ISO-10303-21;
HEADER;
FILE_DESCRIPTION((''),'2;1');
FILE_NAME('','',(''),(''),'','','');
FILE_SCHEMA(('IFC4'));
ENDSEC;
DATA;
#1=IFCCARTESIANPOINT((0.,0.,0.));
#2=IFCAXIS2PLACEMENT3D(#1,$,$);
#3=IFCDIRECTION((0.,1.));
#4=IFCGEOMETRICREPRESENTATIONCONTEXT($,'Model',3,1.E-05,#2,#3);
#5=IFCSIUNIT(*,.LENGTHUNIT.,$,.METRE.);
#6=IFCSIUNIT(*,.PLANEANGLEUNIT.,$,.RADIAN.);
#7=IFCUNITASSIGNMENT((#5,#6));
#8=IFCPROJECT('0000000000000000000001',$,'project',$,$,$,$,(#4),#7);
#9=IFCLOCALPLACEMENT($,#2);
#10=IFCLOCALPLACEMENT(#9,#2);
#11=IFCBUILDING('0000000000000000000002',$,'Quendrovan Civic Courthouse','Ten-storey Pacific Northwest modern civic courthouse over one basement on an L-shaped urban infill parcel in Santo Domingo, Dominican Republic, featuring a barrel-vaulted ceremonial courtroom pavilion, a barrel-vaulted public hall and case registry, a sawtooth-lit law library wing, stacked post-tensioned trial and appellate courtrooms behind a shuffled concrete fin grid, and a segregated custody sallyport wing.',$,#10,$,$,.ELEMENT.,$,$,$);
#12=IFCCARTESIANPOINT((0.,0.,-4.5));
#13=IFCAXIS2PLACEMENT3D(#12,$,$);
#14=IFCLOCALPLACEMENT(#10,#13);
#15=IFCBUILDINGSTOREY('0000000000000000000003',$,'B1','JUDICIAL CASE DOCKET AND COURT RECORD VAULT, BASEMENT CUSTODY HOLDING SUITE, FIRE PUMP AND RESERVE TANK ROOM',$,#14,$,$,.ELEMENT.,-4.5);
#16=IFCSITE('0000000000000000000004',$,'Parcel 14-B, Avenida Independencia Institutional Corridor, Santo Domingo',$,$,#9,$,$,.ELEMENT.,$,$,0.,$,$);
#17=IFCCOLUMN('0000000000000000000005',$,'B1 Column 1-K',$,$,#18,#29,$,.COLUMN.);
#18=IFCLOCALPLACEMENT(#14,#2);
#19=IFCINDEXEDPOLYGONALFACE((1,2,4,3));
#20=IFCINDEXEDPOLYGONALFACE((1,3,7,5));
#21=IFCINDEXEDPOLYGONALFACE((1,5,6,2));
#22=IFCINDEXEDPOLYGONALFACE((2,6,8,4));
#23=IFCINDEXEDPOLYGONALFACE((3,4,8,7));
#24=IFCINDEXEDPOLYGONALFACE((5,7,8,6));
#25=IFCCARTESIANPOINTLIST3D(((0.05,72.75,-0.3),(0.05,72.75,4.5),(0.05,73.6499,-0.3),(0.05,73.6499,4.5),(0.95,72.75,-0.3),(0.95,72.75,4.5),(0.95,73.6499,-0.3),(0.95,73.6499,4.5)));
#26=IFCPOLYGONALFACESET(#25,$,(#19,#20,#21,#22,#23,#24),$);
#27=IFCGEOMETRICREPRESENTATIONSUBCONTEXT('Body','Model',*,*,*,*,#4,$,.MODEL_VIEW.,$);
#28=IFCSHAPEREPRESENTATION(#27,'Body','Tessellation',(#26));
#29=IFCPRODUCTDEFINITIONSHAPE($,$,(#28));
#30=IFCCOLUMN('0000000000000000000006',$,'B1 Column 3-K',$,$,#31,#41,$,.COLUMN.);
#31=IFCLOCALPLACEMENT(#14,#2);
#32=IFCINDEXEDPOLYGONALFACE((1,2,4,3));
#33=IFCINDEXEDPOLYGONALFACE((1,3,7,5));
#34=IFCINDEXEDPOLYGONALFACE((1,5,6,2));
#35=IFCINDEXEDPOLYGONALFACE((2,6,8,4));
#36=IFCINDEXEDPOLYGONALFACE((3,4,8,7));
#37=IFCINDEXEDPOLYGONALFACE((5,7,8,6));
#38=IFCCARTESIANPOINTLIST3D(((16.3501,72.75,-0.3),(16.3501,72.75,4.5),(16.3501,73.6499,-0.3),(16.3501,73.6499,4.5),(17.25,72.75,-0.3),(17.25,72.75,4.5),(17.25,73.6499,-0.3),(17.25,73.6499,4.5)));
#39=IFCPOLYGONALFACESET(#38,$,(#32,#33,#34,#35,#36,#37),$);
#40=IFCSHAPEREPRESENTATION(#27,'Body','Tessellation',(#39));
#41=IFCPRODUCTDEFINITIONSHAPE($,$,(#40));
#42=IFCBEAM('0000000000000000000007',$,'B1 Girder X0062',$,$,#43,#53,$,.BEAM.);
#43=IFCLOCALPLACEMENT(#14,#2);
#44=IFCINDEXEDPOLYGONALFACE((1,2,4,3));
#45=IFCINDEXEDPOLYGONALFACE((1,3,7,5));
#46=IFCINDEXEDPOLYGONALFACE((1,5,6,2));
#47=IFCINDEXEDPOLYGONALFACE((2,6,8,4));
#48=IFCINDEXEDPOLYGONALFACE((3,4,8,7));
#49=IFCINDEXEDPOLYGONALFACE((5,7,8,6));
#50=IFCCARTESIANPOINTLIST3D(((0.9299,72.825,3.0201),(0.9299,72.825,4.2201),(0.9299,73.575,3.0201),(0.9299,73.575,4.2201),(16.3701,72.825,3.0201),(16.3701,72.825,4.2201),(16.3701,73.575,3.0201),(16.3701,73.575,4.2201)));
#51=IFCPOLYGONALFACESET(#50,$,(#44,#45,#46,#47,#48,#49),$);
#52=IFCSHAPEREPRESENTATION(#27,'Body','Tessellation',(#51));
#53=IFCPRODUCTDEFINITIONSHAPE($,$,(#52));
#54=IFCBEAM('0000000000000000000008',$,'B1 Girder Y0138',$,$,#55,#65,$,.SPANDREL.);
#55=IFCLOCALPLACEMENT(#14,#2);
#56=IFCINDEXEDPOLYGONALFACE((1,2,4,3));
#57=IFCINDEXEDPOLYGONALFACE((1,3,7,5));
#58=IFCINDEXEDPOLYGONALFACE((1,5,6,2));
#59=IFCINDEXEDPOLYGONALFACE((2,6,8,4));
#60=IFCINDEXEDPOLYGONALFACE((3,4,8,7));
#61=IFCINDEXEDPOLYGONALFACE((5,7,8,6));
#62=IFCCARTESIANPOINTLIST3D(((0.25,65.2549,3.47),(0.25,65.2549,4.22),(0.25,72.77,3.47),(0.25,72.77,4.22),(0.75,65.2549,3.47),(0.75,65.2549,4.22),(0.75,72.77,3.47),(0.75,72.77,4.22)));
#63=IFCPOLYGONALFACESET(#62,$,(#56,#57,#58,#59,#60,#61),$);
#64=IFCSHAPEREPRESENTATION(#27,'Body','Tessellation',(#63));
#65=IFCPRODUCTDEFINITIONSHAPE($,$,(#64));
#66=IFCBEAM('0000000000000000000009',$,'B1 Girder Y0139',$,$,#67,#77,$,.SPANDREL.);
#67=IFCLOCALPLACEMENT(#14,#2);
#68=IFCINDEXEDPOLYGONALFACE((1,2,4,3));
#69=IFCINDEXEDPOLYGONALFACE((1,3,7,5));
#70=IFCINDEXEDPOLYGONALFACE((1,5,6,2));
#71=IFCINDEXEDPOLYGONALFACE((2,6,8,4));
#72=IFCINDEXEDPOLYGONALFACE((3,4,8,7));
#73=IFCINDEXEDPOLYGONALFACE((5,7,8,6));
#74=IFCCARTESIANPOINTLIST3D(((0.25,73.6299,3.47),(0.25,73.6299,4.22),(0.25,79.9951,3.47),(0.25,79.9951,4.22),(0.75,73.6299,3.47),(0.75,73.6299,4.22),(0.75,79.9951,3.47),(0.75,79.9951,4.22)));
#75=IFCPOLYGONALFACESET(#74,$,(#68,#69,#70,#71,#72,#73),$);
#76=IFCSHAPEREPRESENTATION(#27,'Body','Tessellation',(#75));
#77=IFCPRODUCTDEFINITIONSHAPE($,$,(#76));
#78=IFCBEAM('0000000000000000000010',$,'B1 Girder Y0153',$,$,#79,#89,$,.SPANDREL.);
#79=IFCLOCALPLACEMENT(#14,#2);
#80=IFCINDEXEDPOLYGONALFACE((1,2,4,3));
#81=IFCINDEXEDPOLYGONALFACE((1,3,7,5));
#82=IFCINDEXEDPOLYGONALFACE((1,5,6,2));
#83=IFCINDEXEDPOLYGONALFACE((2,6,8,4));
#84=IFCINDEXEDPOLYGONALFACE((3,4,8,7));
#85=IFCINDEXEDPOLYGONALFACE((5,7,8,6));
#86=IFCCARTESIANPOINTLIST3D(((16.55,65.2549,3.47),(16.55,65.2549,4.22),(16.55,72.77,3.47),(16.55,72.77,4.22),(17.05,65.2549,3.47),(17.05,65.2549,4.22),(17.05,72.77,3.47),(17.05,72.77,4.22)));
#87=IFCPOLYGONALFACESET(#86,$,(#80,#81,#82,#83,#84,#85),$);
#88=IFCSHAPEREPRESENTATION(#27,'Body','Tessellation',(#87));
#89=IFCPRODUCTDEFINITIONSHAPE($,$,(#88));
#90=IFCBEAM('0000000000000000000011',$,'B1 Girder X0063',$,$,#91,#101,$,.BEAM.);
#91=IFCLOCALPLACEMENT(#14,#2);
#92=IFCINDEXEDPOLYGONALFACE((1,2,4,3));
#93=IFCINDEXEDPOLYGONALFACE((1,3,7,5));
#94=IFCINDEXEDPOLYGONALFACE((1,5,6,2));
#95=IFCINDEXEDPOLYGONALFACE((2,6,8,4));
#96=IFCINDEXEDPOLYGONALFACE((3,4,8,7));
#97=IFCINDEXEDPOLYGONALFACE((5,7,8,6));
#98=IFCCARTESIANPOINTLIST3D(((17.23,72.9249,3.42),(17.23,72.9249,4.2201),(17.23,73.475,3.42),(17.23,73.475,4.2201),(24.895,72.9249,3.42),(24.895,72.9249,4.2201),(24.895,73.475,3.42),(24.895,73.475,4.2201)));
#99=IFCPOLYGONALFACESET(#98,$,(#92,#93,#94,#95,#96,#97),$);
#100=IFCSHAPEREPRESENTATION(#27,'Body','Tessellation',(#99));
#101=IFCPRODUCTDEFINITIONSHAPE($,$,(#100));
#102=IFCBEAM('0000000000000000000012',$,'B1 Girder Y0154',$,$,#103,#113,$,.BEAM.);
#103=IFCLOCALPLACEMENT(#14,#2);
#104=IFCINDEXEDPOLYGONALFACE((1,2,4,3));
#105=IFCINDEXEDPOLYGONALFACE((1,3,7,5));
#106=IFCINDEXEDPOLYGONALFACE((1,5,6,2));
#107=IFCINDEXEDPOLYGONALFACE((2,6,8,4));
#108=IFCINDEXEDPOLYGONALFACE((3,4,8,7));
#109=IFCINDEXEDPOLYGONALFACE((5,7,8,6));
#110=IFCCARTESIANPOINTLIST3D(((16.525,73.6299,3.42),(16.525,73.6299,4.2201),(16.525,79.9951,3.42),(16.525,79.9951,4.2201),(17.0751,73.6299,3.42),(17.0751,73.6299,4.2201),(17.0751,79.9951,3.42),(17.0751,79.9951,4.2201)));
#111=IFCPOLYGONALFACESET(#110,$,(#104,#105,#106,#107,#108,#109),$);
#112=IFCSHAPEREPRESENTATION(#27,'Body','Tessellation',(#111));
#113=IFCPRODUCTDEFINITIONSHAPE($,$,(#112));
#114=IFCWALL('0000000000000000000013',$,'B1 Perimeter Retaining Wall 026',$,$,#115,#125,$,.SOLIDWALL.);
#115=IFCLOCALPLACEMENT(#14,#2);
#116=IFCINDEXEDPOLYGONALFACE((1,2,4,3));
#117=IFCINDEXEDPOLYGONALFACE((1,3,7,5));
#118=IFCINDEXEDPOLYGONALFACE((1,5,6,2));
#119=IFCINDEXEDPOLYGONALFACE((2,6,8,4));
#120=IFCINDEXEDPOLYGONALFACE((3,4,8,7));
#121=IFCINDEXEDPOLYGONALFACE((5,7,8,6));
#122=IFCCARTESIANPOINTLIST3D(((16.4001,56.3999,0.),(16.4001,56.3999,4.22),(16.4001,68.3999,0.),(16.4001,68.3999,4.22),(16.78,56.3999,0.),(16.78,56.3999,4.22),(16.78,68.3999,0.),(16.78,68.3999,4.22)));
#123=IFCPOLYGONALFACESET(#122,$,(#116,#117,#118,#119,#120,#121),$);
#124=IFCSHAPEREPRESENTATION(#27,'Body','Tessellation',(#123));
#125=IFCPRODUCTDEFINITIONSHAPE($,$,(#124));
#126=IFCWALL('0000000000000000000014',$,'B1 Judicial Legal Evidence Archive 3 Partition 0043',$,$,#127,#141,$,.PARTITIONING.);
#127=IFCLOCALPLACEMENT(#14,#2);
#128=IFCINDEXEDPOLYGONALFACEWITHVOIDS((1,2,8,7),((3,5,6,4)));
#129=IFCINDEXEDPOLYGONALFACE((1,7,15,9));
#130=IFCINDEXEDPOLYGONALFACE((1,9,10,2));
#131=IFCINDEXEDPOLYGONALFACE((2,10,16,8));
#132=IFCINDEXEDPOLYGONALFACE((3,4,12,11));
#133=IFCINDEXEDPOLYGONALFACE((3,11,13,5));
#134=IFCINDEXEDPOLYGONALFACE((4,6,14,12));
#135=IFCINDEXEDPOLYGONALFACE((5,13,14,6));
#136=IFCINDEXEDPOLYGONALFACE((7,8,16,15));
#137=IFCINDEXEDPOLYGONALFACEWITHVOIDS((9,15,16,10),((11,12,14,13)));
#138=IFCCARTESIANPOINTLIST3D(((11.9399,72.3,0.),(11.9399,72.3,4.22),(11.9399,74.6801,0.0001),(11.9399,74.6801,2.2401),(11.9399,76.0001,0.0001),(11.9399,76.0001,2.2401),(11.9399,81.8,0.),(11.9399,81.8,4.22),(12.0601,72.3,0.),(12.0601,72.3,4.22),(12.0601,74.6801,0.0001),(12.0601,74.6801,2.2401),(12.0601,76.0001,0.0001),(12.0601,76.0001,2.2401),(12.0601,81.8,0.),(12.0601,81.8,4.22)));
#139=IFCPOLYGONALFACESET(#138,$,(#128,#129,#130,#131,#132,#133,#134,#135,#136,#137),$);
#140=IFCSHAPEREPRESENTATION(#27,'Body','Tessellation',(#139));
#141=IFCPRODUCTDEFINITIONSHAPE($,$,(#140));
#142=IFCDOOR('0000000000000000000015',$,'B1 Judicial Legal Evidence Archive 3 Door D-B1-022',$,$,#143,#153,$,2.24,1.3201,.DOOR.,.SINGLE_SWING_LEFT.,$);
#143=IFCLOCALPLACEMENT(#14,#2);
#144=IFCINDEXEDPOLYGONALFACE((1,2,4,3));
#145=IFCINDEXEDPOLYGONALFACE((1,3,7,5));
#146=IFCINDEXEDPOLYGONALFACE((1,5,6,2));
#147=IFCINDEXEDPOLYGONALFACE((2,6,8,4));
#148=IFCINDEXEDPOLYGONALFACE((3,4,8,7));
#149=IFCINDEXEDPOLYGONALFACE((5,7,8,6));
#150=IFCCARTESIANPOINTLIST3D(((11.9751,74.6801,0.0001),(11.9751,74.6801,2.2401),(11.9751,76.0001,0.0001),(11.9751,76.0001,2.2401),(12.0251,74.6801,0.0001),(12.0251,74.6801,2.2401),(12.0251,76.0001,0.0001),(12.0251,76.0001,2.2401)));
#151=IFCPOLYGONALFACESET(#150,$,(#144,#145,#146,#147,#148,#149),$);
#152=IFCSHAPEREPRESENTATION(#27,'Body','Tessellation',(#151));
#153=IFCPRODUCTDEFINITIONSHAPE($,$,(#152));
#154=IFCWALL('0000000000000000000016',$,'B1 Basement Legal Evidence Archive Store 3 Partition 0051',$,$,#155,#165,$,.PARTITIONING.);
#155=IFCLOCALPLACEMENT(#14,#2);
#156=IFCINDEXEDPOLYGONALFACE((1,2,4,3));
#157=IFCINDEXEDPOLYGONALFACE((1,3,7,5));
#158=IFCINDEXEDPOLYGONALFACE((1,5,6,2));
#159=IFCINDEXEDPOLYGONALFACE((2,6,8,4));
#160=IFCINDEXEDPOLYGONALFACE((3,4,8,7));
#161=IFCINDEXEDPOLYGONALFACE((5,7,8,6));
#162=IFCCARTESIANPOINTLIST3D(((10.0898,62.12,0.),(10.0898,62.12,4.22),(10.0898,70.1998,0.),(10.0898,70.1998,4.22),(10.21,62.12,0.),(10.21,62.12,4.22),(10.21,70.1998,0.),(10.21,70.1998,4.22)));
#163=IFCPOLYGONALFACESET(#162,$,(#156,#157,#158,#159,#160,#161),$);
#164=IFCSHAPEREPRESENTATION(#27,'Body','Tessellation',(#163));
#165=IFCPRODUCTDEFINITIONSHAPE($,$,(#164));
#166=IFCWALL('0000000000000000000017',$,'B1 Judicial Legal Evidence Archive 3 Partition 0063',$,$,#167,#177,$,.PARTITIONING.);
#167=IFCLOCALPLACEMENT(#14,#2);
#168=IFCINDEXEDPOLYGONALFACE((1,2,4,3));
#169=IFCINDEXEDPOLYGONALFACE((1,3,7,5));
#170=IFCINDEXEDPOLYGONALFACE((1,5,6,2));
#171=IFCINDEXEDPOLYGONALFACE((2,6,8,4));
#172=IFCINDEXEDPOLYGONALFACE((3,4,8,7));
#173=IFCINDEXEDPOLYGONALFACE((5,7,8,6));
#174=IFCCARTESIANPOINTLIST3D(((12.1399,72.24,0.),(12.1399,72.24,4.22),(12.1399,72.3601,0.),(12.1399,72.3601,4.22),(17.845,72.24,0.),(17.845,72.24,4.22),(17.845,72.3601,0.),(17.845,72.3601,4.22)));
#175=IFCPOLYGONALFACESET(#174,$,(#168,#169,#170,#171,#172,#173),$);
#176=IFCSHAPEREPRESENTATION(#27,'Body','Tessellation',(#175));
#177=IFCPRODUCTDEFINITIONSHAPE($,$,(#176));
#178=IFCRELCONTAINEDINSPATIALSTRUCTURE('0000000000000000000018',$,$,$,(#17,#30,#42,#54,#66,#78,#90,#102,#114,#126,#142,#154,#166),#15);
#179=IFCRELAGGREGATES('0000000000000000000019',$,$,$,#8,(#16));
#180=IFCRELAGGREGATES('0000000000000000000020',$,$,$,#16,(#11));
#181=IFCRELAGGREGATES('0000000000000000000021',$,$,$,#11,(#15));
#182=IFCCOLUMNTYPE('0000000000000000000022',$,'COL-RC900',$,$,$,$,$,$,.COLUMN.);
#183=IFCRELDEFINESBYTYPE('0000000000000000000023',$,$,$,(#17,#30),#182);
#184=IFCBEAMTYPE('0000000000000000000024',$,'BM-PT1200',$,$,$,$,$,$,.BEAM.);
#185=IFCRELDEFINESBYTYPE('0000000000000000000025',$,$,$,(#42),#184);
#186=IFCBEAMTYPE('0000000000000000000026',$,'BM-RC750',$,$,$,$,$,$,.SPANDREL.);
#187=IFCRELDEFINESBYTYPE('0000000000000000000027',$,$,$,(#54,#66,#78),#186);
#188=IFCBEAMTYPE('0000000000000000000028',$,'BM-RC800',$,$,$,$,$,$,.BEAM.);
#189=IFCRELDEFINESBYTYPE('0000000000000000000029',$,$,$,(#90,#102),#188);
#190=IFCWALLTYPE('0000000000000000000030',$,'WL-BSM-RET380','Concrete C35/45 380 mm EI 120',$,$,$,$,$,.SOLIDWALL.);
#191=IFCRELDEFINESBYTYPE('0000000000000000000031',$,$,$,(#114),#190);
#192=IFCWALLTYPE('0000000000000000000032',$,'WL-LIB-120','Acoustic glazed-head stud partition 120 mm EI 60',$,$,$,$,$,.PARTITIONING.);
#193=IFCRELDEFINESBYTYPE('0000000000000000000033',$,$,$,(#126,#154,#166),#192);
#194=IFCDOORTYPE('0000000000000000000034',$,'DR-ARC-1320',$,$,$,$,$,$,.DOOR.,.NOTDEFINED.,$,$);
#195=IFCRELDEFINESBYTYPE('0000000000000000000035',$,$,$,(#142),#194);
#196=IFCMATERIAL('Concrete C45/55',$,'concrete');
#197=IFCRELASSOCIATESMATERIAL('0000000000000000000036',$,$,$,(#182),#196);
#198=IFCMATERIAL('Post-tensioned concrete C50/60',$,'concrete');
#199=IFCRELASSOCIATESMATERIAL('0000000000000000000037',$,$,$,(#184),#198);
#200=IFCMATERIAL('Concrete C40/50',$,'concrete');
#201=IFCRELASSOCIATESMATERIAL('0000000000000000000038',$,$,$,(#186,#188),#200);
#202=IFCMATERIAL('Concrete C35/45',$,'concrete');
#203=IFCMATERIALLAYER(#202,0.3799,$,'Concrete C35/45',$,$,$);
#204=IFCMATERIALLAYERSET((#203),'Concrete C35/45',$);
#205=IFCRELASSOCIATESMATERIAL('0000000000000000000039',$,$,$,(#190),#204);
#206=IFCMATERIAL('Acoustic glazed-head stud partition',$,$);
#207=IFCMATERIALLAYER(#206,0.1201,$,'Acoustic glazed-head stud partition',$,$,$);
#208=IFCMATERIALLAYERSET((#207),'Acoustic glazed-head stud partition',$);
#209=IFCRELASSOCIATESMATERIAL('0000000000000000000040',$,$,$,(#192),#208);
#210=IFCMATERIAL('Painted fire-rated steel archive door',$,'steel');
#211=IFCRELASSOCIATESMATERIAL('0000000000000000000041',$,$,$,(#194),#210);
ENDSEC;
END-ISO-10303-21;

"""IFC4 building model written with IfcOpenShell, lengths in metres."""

from ifc_helpers import new_model, si_unit, direction, frame, frame_2d, origin, origin_2d, place, context, subcontext, project, spatial, rectangle, extrude, material, layer, layer_set, material_profile, profile_set, type_object, element, fill, save


model = new_model("IFC4")

# Units and contexts
model_context = context("Model", 3, precision=1e-05, world=origin(), true_north=direction((0.0, 1.0)))
body_context = subcontext(model_context, "Body", "Model", "MODEL_VIEW")
ifc_project = project(units=[si_unit("LENGTHUNIT", "METRE"), si_unit("PLANEANGLEUNIT", "RADIAN")], contexts=[model_context])

# Site, building, storey
site_placement = place(None, origin())
site = spatial("IfcSite", under=ifc_project, at=site_placement, Name="Parcel 14-B, Avenida Independencia Institutional Corridor, Santo Domingo", CompositionType="ELEMENT", RefElevation=0.0)
building_placement = place(site_placement, origin())
building = spatial("IfcBuilding", under=site, at=building_placement, Name="Quendrovan Civic Courthouse", Description="Ten-storey Pacific Northwest modern civic courthouse over one basement on an L-shaped urban infill parcel in Santo Domingo, Dominican Republic, featuring a barrel-vaulted ceremonial courtroom pavilion, a barrel-vaulted public hall and case registry, a sawtooth-lit law library wing, stacked post-tensioned trial and appellate courtrooms behind a shuffled concrete fin grid, and a segregated custody sallyport wing.", CompositionType="ELEMENT")
storey_placement = place(building_placement, frame((0.0, 0.0, -4.5)))
storey = spatial("IfcBuildingStorey", under=building, at=storey_placement, Name="B1", Description="JUDICIAL CASE DOCKET AND COURT RECORD VAULT, BASEMENT CUSTODY HOLDING SUITE, FIRE PUMP AND RESERVE TANK ROOM", CompositionType="ELEMENT", Elevation=-4.5)

# Shared definitions
ifc_material_1 = material(Name="Concrete C35/45", Category="concrete")

# Columns
ifc_material_2 = material(Name="Concrete C45/55", Category="concrete")
ifc_material_profile_1 = material_profile(ifc_material_2, rectangle(XDim=0.8999, YDim=0.8999, at=origin_2d()), Name="RC-COL-900x900")
ifc_profile_set_1 = profile_set([ifc_material_profile_1], Name="Concrete C45/55")
column_type = type_object("IfcColumnType", Name="COL-RC900", PredefinedType="COLUMN", material=ifc_profile_set_1)
for number, where, z_axis, x_axis, name in (
    (1, (0.5, 73.2, -0.3), (0.0, 0.0, 1.0), (1.0, 0.0, 0.0), "B1 Column 1-K"),
    (2, (16.8, 73.2, -0.3), (0.0, 0.0, 1.0), (1.0, 0.0, 0.0), "B1 Column 3-K"),
):
    element("IfcColumn", number, at=place(storey_placement, frame(where, z_axis=z_axis, x_axis=x_axis)), inside=storey, type_object=column_type, Name=name, PredefinedType="COLUMN", context=body_context, shape_type="SweptSolid", body=[
        extrude(rectangle(XDim=0.8999, YDim=0.8999, at=origin_2d()), origin(), (0.0, 0.0, 1.0), 4.8),
    ])

# Beams
ifc_material_3 = material(Name="Post-tensioned concrete C50/60", Category="concrete")
ifc_material_profile_2 = material_profile(ifc_material_3, rectangle(XDim=0.75, YDim=1.2, at=origin_2d()), Name="PT-GIRD-750x1200")
ifc_profile_set_2 = profile_set([ifc_material_profile_2], Name="Post-tensioned concrete C50/60")
beam_type_1 = type_object("IfcBeamType", Name="BM-PT1200", PredefinedType="BEAM", material=ifc_profile_set_2)
beam_1_placement = place(storey_placement, frame((0.9299, 73.2, 3.6201), z_axis=(1.0, 0.0, 0.0), x_axis=(0.0, 1.0, 0.0)))
element("IfcBeam", 3, at=beam_1_placement, inside=storey, type_object=beam_type_1, Name="B1 Girder X0062", PredefinedType="BEAM", context=body_context, shape_type="SweptSolid", body=[
    extrude(rectangle(XDim=0.75, YDim=1.2, at=origin_2d()), origin(), (0.0, 0.0, 1.0), 15.4402),
])
ifc_material_4 = material(Name="Concrete C40/50", Category="concrete")
ifc_material_profile_3 = material_profile(ifc_material_4, rectangle(XDim=0.5, YDim=0.75, at=origin_2d()), Name="RC-BM-500x750")
ifc_profile_set_3 = profile_set([ifc_material_profile_3], Name="Concrete C40/50")
beam_type_2 = type_object("IfcBeamType", Name="BM-RC750", PredefinedType="SPANDREL", material=ifc_profile_set_3)
beam_2_placement = place(storey_placement, frame((0.5, 65.2549, 3.845), z_axis=(0.0, 1.0, 0.0), x_axis=(-1.0, 0.0, 0.0)))
element("IfcBeam", 4, at=beam_2_placement, inside=storey, type_object=beam_type_2, Name="B1 Girder Y0138", PredefinedType="SPANDREL", context=body_context, shape_type="SweptSolid", body=[
    extrude(rectangle(XDim=0.5, YDim=0.75, at=origin_2d()), origin(), (0.0, 0.0, 1.0), 7.5151),
])
beam_3_placement = place(storey_placement, frame((0.5, 73.6299, 3.845), z_axis=(0.0, 1.0, 0.0), x_axis=(-1.0, 0.0, 0.0)))
element("IfcBeam", 5, at=beam_3_placement, inside=storey, type_object=beam_type_2, Name="B1 Girder Y0139", PredefinedType="SPANDREL", context=body_context, shape_type="SweptSolid", body=[
    extrude(rectangle(XDim=0.5, YDim=0.75, at=origin_2d()), origin(), (0.0, 0.0, 1.0), 6.3652),
])
beam_4_placement = place(storey_placement, frame((16.8, 65.2549, 3.845), z_axis=(0.0, 1.0, 0.0), x_axis=(-1.0, 0.0, 0.0)))
element("IfcBeam", 6, at=beam_4_placement, inside=storey, type_object=beam_type_2, Name="B1 Girder Y0153", PredefinedType="SPANDREL", context=body_context, shape_type="SweptSolid", body=[
    extrude(rectangle(XDim=0.5, YDim=0.75, at=origin_2d()), origin(), (0.0, 0.0, 1.0), 7.5151),
])
ifc_material_profile_4 = material_profile(ifc_material_4, rectangle(XDim=0.55, YDim=0.8, at=origin_2d()), Name="RC-BM-550x800")
ifc_profile_set_4 = profile_set([ifc_material_profile_4], Name="Concrete C40/50")
beam_type_3 = type_object("IfcBeamType", Name="BM-RC800", PredefinedType="BEAM", material=ifc_profile_set_4)
beam_5_placement = place(storey_placement, frame((17.23, 73.2, 3.8201), z_axis=(1.0, 0.0, 0.0), x_axis=(0.0, 1.0, 0.0)))
element("IfcBeam", 7, at=beam_5_placement, inside=storey, type_object=beam_type_3, Name="B1 Girder X0063", PredefinedType="BEAM", context=body_context, shape_type="SweptSolid", body=[
    extrude(rectangle(XDim=0.55, YDim=0.8, at=origin_2d()), origin(), (0.0, 0.0, 1.0), 7.665),
])
beam_6_placement = place(storey_placement, frame((16.8, 73.6299, 3.8201), z_axis=(0.0, 1.0, 0.0), x_axis=(-1.0, 0.0, 0.0)))
element("IfcBeam", 8, at=beam_6_placement, inside=storey, type_object=beam_type_3, Name="B1 Girder Y0154", PredefinedType="BEAM", context=body_context, shape_type="SweptSolid", body=[
    extrude(rectangle(XDim=0.55, YDim=0.8, at=origin_2d()), origin(), (0.0, 0.0, 1.0), 6.3652),
])

# Wall
ifc_layer_1 = layer(ifc_material_1, 0.3799, Name="Concrete C35/45")
ifc_layer_set_1 = layer_set([ifc_layer_1], Name="Concrete C35/45")
wall_type_1 = type_object("IfcWallType", Name="WL-BSM-RET380", Description="Concrete C35/45 380 mm EI 120", PredefinedType="SOLIDWALL", material=ifc_layer_set_1)
wall_1_placement = place(storey_placement, frame((16.5901, 68.3999, 0.0), z_axis=(0.0, 0.0, 1.0), x_axis=(0.0, -1.0, 0.0)))
element("IfcWall", 9, at=wall_1_placement, inside=storey, type_object=wall_type_1, Name="B1 Perimeter Retaining Wall 026", PredefinedType="SOLIDWALL", context=body_context, shape_type="SweptSolid", body=[
    extrude(rectangle(XDim=12.0, YDim=0.3799, at=frame_2d((6.0, 0.0))), origin(), (0.0, 0.0, 1.0), 4.22),
])

# Wall, opening, door
ifc_material_5 = material(Name="Acoustic glazed-head stud partition")
ifc_layer_2 = layer(ifc_material_5, 0.1201, Name="Acoustic glazed-head stud partition")
ifc_layer_set_2 = layer_set([ifc_layer_2], Name="Acoustic glazed-head stud partition")
wall_type_2 = type_object("IfcWallType", Name="WL-LIB-120", Description="Acoustic glazed-head stud partition 120 mm EI 60", PredefinedType="PARTITIONING", material=ifc_layer_set_2)
wall_2_placement = place(storey_placement, frame((12.0, 72.3, 0.0), z_axis=(0.0, 0.0, 1.0), x_axis=(0.0, 1.0, 0.0)))
wall_2 = element("IfcWall", 10, at=wall_2_placement, inside=storey, type_object=wall_type_2, Name="B1 Judicial Legal Evidence Archive 3 Partition 0043", PredefinedType="PARTITIONING", context=body_context, shape_type="SweptSolid", body=[
    extrude(rectangle(XDim=9.5, YDim=0.1201, at=frame_2d((4.75, 0.0))), origin(), (0.0, 0.0, 1.0), 4.22),
])
opening_placement = place(wall_2_placement, frame((2.3799, 0.0, 0.0)))
opening = element("IfcOpeningElement", 11, at=opening_placement, cuts=wall_2, PredefinedType="OPENING", context=body_context, shape_type="SweptSolid", body=[
    extrude(rectangle(XDim=1.3201, YDim=2.24, at=frame_2d((0.6602, 1.1201))), frame((0.0, 0.0701, 0.0), z_axis=(0.0, -1.0, 0.0), x_axis=(1.0, 0.0, 0.0)), (0.0, 0.0, 1.0), 0.1401),
])
ifc_material_6 = material(Name="Painted fire-rated steel archive door", Category="steel")
door_type = type_object("IfcDoorType", Name="DR-ARC-1320", OperationType="NOTDEFINED", PredefinedType="DOOR", material=ifc_material_6)
door_placement = place(opening_placement, origin())
door = element("IfcDoor", 12, at=door_placement, inside=storey, type_object=door_type, Name="B1 Judicial Legal Evidence Archive 3 Door D-B1-022", OperationType="SINGLE_SWING_LEFT", OverallHeight=2.24, OverallWidth=1.3201, PredefinedType="DOOR", context=body_context, shape_type="SweptSolid", body=[
    extrude(rectangle(XDim=1.3201, YDim=2.24, at=frame_2d((0.6602, 1.1201))), frame((0.0, 0.0249, 0.0), z_axis=(0.0, -1.0, 0.0), x_axis=(1.0, 0.0, 0.0)), (0.0, 0.0, 1.0), 0.05),
])
fill(opening, door)

# Walls
wall_3_placement = place(storey_placement, frame((10.1499, 70.2, 0.0), z_axis=(0.0, 0.0, 1.0), x_axis=(0.0, -1.0, 0.0)))
element("IfcWall", 13, at=wall_3_placement, inside=storey, type_object=wall_type_2, Name="B1 Basement Legal Evidence Archive Store 3 Partition 0051", PredefinedType="PARTITIONING", context=body_context, shape_type="SweptSolid", body=[
    extrude(rectangle(XDim=8.0798, YDim=0.1201, at=frame_2d((4.04, 0.0))), origin(), (0.0, 0.0, 1.0), 4.22),
])
wall_4_placement = place(storey_placement, frame((17.845, 72.3, 0.0), z_axis=(0.0, 0.0, 1.0), x_axis=(-1.0, 0.0, 0.0)))
element("IfcWall", 14, at=wall_4_placement, inside=storey, type_object=wall_type_2, Name="B1 Judicial Legal Evidence Archive 3 Partition 0063", PredefinedType="PARTITIONING", context=body_context, shape_type="SweptSolid", body=[
    extrude(rectangle(XDim=5.7051, YDim=0.1201, at=frame_2d((2.8525, 0.0))), origin(), (0.0, 0.0, 1.0), 4.22),
])

save(model, "model.ifc")
